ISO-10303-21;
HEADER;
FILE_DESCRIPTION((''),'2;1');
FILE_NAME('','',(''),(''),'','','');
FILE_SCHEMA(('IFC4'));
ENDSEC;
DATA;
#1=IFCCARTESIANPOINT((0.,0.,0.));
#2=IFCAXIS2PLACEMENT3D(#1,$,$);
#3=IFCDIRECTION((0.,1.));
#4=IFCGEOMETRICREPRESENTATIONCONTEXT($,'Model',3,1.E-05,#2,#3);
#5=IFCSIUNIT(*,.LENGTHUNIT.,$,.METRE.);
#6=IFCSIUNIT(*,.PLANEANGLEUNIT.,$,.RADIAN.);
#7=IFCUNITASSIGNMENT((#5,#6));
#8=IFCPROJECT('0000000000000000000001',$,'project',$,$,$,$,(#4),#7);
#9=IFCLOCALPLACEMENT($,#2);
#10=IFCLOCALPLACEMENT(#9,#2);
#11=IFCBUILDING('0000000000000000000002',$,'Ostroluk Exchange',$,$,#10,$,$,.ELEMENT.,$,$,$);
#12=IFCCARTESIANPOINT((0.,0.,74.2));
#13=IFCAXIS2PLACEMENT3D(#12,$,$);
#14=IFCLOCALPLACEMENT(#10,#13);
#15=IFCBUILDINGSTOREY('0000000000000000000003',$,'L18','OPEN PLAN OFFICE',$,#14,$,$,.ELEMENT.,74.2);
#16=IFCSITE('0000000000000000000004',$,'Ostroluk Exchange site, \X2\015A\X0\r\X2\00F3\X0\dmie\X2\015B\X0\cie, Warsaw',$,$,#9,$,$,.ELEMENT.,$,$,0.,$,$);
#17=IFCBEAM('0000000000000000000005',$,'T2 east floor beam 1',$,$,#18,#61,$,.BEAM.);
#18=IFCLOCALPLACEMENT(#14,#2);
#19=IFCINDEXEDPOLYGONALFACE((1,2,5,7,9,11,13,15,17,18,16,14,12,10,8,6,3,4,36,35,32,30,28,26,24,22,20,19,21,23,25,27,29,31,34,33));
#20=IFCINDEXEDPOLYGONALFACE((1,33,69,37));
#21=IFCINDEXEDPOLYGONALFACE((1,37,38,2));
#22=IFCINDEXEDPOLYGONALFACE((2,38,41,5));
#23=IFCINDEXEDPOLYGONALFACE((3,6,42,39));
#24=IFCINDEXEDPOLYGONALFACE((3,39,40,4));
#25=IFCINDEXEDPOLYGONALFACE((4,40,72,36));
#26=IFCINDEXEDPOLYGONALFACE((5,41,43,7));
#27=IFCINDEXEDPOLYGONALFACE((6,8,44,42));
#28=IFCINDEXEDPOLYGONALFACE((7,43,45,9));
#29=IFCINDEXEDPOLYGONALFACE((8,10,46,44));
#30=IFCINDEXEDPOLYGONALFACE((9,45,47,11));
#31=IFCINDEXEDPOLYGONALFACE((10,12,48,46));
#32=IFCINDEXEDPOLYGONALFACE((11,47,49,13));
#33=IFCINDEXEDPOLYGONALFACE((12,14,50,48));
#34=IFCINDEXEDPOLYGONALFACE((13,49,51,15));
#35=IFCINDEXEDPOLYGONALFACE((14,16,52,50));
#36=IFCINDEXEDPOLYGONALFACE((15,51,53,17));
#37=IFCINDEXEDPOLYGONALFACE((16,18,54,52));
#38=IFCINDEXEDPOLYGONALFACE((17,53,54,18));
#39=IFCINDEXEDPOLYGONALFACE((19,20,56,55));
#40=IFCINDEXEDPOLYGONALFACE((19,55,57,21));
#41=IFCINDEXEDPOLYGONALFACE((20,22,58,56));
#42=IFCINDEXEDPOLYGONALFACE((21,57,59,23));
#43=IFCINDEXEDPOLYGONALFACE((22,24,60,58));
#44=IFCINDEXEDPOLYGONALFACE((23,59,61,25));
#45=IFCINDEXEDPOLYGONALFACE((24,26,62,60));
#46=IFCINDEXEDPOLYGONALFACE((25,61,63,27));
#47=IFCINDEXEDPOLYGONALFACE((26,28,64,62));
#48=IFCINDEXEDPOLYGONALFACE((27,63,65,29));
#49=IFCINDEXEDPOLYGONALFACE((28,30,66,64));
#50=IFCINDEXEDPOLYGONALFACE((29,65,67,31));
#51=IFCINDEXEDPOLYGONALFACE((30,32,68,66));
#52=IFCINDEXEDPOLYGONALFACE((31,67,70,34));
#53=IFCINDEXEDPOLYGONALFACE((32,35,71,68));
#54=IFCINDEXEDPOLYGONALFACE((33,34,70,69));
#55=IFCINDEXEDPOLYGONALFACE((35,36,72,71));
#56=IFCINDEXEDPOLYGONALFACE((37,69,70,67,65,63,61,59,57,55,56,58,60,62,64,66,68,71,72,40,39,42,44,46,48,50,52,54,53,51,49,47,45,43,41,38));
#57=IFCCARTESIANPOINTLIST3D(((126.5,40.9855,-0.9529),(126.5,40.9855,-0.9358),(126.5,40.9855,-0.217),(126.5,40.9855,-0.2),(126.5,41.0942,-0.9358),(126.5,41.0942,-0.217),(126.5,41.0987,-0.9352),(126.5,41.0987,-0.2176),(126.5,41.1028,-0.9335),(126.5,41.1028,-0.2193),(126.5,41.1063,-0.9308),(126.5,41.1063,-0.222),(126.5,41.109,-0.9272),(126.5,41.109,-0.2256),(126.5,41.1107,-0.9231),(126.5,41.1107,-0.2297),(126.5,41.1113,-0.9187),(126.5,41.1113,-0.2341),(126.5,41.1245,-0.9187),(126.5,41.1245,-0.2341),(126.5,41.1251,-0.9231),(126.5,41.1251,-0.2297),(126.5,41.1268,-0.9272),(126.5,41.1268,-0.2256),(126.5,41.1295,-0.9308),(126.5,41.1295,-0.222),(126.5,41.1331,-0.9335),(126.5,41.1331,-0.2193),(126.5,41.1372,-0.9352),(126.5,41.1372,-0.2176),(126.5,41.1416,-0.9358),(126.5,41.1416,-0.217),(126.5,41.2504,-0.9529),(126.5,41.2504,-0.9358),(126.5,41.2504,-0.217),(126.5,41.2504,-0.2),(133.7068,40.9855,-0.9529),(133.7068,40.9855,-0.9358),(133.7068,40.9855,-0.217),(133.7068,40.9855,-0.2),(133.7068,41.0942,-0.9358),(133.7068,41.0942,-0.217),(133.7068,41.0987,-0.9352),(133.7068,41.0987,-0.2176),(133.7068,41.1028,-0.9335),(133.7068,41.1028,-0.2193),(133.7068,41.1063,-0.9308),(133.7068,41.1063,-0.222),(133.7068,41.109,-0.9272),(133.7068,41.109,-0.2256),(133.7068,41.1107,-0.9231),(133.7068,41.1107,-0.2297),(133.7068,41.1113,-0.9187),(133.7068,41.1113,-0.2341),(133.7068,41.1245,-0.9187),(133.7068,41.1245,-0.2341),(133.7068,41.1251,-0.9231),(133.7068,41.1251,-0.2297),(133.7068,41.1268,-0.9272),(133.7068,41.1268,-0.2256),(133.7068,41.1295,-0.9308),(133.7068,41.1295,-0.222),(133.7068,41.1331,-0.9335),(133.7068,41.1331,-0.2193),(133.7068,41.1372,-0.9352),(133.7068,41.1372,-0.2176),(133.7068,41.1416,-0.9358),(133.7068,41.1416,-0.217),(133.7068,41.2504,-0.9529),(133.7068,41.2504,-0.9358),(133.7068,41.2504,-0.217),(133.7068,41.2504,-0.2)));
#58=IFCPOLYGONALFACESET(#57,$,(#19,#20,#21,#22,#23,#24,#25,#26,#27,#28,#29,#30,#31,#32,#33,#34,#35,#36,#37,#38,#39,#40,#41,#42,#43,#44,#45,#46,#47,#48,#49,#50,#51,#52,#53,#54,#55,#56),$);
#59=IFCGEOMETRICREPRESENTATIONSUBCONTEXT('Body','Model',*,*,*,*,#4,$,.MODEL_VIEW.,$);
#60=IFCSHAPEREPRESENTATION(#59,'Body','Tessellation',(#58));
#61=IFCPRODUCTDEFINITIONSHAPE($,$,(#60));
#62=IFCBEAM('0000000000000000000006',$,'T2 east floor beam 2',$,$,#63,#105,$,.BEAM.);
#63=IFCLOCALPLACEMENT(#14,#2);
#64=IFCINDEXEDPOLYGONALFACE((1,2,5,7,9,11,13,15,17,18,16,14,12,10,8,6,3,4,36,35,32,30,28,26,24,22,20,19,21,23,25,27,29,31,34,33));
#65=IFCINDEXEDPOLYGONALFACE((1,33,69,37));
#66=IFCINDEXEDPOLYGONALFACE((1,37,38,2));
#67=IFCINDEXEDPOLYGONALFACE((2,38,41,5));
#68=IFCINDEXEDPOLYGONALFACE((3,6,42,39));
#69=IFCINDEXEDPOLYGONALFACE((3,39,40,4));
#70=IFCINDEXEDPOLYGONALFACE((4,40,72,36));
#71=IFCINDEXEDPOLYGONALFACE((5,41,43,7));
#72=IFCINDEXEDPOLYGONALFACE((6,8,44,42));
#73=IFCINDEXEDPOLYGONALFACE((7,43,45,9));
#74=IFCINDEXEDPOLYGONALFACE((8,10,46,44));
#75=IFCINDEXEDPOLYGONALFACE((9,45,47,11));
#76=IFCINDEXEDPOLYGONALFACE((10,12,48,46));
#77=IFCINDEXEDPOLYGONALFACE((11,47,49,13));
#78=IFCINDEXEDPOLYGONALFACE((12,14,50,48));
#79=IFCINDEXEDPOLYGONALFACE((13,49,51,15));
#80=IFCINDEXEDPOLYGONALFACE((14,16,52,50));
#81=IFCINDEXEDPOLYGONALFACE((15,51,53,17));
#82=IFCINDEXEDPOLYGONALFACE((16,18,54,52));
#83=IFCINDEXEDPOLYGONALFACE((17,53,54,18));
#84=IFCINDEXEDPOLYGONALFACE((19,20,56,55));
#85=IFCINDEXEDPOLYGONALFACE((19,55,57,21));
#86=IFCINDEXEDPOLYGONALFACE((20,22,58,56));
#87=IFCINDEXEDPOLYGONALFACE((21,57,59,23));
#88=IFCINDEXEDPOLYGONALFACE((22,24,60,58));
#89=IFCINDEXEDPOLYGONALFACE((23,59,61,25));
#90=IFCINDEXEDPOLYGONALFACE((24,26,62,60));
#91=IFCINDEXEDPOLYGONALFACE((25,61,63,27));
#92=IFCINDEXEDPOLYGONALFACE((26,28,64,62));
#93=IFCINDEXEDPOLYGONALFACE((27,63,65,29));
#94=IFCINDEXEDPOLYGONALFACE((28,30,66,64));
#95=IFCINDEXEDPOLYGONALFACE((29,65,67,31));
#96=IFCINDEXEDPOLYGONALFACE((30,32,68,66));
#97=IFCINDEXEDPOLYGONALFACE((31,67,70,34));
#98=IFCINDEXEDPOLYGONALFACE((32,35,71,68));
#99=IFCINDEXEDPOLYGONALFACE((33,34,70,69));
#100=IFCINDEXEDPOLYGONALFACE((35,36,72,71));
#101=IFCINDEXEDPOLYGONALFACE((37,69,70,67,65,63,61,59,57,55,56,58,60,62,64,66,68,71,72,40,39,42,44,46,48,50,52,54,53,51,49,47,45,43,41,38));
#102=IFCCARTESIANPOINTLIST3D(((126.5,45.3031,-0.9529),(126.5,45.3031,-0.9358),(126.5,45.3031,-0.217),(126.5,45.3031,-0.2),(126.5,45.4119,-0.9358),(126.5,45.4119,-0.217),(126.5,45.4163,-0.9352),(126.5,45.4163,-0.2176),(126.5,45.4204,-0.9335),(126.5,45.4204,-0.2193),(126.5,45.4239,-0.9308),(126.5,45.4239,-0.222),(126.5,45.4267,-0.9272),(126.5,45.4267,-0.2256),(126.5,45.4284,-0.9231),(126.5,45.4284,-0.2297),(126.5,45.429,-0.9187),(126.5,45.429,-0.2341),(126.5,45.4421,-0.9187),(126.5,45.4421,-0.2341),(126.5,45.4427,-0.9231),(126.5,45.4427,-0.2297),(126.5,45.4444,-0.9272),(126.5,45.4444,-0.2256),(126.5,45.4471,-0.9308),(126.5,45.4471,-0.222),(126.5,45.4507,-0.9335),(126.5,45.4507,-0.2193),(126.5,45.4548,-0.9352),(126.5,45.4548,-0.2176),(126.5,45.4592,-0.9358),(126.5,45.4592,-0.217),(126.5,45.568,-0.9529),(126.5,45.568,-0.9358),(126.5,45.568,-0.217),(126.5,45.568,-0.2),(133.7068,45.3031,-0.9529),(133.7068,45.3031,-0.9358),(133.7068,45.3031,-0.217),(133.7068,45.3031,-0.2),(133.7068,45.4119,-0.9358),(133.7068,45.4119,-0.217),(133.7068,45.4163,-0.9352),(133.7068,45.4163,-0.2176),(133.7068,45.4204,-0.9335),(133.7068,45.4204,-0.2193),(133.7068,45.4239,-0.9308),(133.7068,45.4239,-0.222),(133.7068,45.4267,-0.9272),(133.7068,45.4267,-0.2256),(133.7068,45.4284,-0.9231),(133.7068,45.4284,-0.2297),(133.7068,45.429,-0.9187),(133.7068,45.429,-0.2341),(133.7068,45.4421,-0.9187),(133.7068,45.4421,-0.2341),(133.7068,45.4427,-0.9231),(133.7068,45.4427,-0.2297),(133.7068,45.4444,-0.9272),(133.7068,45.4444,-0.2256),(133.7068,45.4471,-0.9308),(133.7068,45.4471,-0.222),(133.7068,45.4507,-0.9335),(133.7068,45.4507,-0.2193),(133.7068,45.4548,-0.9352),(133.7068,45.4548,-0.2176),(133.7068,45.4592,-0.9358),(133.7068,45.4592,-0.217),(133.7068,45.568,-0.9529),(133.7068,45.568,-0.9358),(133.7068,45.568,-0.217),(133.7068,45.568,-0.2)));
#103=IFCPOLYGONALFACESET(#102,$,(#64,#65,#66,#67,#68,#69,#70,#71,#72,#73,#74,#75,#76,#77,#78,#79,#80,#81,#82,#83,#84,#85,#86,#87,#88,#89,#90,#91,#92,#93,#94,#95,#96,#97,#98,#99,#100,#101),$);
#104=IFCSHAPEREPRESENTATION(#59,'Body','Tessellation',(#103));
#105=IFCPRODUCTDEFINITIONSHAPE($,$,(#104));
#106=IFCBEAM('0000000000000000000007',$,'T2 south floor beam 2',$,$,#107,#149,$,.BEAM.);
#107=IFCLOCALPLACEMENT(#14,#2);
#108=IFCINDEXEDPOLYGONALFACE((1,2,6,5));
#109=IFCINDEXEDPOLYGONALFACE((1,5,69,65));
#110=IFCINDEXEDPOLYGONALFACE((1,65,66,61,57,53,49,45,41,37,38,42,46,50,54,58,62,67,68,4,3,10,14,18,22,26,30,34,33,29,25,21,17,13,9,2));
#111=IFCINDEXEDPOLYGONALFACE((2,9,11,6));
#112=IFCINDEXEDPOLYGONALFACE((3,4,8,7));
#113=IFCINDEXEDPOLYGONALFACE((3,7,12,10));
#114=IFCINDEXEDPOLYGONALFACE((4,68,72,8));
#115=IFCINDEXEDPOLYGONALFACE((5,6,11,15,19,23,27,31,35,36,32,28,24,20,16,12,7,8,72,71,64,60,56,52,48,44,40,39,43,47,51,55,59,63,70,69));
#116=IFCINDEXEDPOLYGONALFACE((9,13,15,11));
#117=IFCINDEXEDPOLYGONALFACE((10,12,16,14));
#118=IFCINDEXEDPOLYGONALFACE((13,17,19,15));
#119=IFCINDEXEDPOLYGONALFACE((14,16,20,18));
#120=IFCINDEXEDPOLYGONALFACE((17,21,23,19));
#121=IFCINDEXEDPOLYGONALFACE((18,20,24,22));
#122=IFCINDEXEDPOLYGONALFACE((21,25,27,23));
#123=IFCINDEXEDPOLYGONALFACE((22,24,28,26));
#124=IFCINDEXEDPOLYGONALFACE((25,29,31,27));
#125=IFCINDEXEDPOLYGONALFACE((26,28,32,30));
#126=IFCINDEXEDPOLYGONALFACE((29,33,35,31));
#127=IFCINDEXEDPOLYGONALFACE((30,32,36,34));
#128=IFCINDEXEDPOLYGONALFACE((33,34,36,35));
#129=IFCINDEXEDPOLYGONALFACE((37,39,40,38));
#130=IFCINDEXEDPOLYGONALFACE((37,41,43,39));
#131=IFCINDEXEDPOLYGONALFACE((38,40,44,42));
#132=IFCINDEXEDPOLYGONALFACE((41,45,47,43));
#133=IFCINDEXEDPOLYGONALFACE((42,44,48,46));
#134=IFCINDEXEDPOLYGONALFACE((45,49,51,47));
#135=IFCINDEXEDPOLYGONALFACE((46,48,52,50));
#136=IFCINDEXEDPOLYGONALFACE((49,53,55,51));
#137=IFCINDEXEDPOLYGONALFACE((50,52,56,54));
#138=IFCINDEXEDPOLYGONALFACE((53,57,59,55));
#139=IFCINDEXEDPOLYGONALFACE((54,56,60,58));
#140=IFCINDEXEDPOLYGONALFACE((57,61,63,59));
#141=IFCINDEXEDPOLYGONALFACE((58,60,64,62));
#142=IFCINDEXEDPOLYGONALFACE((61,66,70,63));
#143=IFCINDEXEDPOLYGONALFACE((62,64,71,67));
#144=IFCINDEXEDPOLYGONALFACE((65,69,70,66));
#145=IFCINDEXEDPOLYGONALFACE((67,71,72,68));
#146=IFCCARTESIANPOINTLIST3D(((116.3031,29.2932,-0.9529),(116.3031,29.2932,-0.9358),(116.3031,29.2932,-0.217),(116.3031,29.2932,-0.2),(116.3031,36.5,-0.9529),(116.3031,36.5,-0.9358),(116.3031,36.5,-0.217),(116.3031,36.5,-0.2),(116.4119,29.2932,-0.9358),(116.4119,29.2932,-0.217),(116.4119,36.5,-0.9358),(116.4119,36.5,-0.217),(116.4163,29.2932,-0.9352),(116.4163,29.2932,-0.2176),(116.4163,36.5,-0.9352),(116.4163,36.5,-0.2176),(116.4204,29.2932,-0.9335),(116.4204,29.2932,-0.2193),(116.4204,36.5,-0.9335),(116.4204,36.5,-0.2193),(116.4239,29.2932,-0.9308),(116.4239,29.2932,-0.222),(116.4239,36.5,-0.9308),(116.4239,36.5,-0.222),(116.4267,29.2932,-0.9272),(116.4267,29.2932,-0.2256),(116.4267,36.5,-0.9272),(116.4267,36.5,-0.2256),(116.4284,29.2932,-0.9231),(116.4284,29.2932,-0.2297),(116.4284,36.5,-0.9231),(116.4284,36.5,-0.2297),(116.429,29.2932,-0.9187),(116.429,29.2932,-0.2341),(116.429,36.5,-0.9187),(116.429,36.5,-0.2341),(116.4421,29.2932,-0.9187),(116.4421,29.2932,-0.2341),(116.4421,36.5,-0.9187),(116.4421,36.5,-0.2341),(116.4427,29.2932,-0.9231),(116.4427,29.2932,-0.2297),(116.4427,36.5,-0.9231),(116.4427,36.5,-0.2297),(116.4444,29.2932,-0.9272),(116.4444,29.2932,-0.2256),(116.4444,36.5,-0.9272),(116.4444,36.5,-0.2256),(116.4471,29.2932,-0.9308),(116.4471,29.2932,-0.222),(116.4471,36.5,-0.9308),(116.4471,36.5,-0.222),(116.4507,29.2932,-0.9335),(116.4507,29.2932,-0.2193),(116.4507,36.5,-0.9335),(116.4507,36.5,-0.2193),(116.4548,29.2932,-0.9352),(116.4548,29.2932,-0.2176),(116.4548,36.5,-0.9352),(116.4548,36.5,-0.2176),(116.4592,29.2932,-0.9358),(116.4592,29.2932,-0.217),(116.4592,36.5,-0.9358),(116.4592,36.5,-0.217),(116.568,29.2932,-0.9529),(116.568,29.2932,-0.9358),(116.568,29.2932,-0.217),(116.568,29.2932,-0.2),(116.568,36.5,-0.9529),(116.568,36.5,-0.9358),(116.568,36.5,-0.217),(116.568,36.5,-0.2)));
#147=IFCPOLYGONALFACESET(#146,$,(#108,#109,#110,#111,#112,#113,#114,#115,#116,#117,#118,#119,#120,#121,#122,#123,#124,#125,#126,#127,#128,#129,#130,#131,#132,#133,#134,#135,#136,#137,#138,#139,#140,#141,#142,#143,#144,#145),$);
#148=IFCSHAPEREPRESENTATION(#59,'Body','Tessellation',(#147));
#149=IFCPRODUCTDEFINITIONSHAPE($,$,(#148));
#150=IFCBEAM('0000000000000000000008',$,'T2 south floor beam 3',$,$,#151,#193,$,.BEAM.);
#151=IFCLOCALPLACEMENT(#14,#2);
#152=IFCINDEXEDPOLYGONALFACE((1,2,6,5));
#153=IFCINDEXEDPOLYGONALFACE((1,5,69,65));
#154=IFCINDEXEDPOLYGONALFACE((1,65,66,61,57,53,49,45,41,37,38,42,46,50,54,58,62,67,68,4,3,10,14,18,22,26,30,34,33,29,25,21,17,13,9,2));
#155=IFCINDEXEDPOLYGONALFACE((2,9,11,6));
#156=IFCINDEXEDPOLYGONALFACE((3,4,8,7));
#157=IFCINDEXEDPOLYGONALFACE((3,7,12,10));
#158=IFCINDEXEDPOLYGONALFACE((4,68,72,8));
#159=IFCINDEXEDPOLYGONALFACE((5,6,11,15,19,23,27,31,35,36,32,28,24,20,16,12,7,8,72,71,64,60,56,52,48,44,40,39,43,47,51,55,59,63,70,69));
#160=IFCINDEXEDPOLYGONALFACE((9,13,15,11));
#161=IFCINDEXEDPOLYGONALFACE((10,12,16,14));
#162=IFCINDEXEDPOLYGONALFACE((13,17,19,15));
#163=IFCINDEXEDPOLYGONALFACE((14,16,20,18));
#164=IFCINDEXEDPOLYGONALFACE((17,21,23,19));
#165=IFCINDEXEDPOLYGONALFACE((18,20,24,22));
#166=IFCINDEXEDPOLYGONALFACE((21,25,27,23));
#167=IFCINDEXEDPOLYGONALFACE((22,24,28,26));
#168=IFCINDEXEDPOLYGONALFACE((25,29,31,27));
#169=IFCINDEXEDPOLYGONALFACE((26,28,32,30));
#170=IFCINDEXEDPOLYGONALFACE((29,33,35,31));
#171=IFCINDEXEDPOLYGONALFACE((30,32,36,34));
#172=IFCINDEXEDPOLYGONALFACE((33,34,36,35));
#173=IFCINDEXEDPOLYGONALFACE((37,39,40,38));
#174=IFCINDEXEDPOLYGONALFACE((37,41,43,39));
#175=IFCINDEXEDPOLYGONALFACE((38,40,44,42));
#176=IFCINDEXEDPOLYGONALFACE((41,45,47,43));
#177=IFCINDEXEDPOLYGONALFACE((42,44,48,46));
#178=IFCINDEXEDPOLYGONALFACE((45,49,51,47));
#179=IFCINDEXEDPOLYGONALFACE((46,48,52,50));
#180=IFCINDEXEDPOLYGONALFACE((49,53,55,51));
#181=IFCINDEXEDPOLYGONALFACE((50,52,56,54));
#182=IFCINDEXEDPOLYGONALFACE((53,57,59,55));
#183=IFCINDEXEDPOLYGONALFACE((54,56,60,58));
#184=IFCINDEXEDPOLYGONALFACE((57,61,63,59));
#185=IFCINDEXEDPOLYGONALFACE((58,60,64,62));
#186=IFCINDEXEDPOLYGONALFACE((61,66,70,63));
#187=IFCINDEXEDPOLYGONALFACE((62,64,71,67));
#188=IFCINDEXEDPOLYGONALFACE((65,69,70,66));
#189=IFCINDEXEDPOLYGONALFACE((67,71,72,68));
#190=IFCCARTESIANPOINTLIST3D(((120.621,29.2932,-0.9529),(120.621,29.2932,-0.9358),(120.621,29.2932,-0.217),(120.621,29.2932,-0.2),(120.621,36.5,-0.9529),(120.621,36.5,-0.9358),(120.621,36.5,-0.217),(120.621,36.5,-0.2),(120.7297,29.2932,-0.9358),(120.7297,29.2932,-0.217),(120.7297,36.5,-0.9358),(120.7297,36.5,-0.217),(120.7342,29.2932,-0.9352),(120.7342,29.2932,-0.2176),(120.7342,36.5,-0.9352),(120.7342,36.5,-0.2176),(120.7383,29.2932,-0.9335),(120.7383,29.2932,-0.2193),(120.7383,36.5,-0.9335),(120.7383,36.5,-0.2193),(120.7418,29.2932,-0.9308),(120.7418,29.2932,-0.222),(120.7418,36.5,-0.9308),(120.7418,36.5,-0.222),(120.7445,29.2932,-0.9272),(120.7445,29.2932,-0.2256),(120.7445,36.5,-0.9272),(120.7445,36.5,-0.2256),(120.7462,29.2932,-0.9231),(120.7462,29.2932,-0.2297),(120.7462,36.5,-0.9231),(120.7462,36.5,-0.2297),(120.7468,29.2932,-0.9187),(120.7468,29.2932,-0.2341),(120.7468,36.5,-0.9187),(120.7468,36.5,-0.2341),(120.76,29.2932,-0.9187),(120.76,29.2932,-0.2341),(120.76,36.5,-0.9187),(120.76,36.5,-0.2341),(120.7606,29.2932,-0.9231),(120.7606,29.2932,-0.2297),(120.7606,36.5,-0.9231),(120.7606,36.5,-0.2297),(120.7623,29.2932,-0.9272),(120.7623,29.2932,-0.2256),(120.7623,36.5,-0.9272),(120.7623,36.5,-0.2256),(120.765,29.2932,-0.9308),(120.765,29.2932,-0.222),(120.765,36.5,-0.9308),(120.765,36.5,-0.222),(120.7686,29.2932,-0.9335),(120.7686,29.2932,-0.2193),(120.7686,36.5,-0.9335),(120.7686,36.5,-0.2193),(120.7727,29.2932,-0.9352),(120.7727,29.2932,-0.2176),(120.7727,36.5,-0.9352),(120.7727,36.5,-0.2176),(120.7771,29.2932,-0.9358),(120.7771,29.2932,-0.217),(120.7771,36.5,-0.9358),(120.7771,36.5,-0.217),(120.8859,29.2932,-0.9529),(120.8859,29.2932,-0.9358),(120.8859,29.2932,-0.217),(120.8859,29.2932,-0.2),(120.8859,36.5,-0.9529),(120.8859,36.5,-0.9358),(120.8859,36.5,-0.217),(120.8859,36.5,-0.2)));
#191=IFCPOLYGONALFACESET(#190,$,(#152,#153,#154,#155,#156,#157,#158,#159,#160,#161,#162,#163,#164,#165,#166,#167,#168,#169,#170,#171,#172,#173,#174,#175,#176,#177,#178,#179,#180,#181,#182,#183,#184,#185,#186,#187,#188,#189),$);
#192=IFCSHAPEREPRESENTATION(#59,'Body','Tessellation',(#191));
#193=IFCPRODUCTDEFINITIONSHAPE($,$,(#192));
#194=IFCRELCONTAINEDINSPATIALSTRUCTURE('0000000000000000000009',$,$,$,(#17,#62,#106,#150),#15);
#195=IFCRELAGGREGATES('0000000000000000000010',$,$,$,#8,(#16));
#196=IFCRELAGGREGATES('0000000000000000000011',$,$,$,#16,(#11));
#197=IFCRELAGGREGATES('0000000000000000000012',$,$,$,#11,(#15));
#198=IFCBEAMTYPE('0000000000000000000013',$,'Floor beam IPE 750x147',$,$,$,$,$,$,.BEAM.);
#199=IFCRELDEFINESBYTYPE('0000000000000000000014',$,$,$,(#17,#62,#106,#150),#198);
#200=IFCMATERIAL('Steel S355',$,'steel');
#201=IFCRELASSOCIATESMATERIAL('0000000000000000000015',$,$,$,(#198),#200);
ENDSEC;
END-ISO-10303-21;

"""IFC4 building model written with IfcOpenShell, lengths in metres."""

from ifc_helpers import new_model, si_unit, direction, frame, origin, origin_2d, place, context, subcontext, project, spatial, i_section, extrude, material, material_profile, profile_set, type_object, element, save


model = new_model("IFC4")

# Units and contexts
model_context = context("Model", 3, precision=1e-05, world=origin(), true_north=direction((0.0, 1.0)))
body_context = subcontext(model_context, "Body", "Model", "MODEL_VIEW")
ifc_project = project(units=[si_unit("LENGTHUNIT", "METRE"), si_unit("PLANEANGLEUNIT", "RADIAN")], contexts=[model_context])

# Site, building, storey
site_placement = place(None, origin())
site = spatial("IfcSite", under=ifc_project, at=site_placement, Name="Ostroluk Exchange site, Śródmieście, Warsaw", CompositionType="ELEMENT", RefElevation=0.0)
building_placement = place(site_placement, origin())
building = spatial("IfcBuilding", under=site, at=building_placement, Name="Ostroluk Exchange", CompositionType="ELEMENT")
storey_placement = place(building_placement, frame((0.0, 0.0, 74.2)))
storey = spatial("IfcBuildingStorey", under=building, at=storey_placement, Name="L18", Description="OPEN PLAN OFFICE", CompositionType="ELEMENT", Elevation=74.2)

# Beams
ifc_material_1 = material(Name="Steel S355", Category="steel")
ifc_material_profile_1 = material_profile(ifc_material_1, i_section(OverallWidth=0.2649, OverallDepth=0.7529, WebThickness=0.0132, FlangeThickness=0.0171, FilletRadius=0.0171, at=origin_2d()), Name="IPE 750x147")
ifc_profile_set_1 = profile_set([ifc_material_profile_1], Name="Steel S355")
beam_type_1 = type_object("IfcBeamType", Name="Floor beam IPE 750x147", PredefinedType="BEAM", material=ifc_profile_set_1)
for number, where, z_axis, x_axis, name in (
    (1, (126.5, 41.1179, -0.5764), (1.0, 0.0, 0.0), (0.0, 1.0, 0.0), "T2 east floor beam 1"),
    (2, (126.5, 45.4355, -0.5764), (1.0, 0.0, 0.0), (0.0, 1.0, 0.0), "T2 east floor beam 2"),
    (3, (116.4355, 36.5, -0.5764), (0.0, -1.0, 0.0), (1.0, 0.0, 0.0), "T2 south floor beam 2"),
    (4, (120.7534, 36.5, -0.5764), (0.0, -1.0, 0.0), (1.0, 0.0, 0.0), "T2 south floor beam 3"),
):
    element("IfcBeam", number, at=place(storey_placement, frame(where, z_axis=z_axis, x_axis=x_axis)), inside=storey, type_object=beam_type_1, Name=name, PredefinedType="BEAM", context=body_context, shape_type="SweptSolid", body=[
        extrude(i_section(OverallWidth=0.2649, OverallDepth=0.7529, WebThickness=0.0132, FlangeThickness=0.0171, FilletRadius=0.0171, at=origin_2d()), origin(), (0.0, 0.0, 1.0), 7.2068),
    ])

save(model, "model.ifc")
